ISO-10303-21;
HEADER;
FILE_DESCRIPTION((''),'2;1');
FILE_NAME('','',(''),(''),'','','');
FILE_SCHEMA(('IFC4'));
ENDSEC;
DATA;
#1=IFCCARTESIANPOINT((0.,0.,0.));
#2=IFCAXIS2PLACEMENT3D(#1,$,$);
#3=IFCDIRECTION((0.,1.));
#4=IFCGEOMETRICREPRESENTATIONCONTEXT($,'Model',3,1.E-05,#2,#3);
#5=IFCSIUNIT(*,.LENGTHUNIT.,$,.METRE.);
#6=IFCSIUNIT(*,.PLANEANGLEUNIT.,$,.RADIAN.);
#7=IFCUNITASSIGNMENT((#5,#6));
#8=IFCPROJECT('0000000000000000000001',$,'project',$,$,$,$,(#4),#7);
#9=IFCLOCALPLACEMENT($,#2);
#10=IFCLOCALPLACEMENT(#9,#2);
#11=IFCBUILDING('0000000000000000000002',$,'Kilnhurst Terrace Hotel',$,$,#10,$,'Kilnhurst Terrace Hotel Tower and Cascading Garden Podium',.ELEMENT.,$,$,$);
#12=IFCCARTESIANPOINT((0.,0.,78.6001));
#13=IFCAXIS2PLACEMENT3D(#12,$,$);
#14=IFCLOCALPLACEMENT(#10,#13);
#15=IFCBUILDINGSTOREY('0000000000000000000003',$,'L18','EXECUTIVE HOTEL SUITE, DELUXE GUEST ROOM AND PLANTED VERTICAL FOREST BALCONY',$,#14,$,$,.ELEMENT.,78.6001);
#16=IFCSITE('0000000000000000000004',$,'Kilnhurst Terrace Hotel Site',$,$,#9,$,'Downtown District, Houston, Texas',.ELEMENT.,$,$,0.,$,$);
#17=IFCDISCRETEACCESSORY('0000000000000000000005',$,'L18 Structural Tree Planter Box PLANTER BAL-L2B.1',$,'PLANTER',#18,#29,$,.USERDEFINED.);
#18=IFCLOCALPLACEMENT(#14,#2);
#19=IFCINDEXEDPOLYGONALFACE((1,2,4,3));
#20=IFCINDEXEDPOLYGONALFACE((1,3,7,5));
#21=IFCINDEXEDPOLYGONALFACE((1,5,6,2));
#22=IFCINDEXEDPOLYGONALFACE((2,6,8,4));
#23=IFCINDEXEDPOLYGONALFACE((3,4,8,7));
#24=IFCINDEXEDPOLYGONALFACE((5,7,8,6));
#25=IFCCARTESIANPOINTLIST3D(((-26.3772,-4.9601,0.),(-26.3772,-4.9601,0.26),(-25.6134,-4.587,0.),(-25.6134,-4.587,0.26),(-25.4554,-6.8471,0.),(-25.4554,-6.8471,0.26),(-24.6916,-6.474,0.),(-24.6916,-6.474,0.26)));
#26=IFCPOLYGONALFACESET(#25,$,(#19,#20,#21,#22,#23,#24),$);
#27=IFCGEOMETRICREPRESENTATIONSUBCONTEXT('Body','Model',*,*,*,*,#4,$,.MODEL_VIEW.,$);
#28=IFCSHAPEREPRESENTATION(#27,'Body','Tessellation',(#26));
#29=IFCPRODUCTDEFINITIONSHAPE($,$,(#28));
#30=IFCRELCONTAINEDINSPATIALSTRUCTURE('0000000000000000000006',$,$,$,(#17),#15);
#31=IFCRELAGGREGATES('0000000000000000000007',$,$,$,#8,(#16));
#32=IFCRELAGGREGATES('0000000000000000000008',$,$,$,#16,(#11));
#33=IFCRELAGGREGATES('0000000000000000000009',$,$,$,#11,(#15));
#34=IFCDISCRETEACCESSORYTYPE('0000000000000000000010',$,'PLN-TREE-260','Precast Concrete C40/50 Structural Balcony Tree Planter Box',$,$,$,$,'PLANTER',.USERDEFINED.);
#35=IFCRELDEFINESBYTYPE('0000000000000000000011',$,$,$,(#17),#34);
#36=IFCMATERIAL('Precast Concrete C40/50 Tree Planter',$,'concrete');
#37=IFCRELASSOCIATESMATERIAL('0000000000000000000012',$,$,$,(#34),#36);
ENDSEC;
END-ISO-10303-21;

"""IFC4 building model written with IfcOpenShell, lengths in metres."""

from ifc_helpers import new_model, si_unit, direction, frame, origin, origin_2d, place, context, subcontext, project, spatial, rectangle, extrude, material, type_object, element, save


model = new_model("IFC4")

# Units and contexts
model_context = context("Model", 3, precision=1e-05, world=origin(), true_north=direction((0.0, 1.0)))
body_context = subcontext(model_context, "Body", "Model", "MODEL_VIEW")
ifc_project = project(units=[si_unit("LENGTHUNIT", "METRE"), si_unit("PLANEANGLEUNIT", "RADIAN")], contexts=[model_context])

# Site, building, storey
site_placement = place(None, origin())
site = spatial("IfcSite", under=ifc_project, at=site_placement, Name="Kilnhurst Terrace Hotel Site", LongName="Downtown District, Houston, Texas", CompositionType="ELEMENT", RefElevation=0.0)
building_placement = place(site_placement, origin())
building = spatial("IfcBuilding", under=site, at=building_placement, Name="Kilnhurst Terrace Hotel", LongName="Kilnhurst Terrace Hotel Tower and Cascading Garden Podium", CompositionType="ELEMENT")
storey_placement = place(building_placement, frame((0.0, 0.0, 78.6001)))
storey = spatial("IfcBuildingStorey", under=building, at=storey_placement, Name="L18", Description="EXECUTIVE HOTEL SUITE, DELUXE GUEST ROOM AND PLANTED VERTICAL FOREST BALCONY", CompositionType="ELEMENT", Elevation=78.6001)

# Discrete accessory
ifc_material_1 = material(Name="Precast Concrete C40/50 Tree Planter", Category="concrete")
discrete_accessory_type = type_object("IfcDiscreteAccessoryType", Name="PLN-TREE-260", Description="Precast Concrete C40/50 Structural Balcony Tree Planter Box", ElementType="PLANTER", PredefinedType="USERDEFINED", material=ifc_material_1)
discrete_accessory_placement = place(storey_placement, frame((-25.5344, -5.717, 0.0), z_axis=(0.0, 0.0, 1.0), x_axis=(0.438936, -0.898518, 0.0)))
element("IfcDiscreteAccessory", 1, at=discrete_accessory_placement, inside=storey, type_object=discrete_accessory_type, Name="L18 Structural Tree Planter Box PLANTER BAL-L2B.1", ObjectType="PLANTER", PredefinedType="USERDEFINED", context=body_context, shape_type="SweptSolid", body=[
    extrude(rectangle(XDim=2.1001, YDim=0.8501, at=origin_2d()), origin(), (0.0, 0.0, 1.0), 0.26),
])

save(model, "model.ifc")
